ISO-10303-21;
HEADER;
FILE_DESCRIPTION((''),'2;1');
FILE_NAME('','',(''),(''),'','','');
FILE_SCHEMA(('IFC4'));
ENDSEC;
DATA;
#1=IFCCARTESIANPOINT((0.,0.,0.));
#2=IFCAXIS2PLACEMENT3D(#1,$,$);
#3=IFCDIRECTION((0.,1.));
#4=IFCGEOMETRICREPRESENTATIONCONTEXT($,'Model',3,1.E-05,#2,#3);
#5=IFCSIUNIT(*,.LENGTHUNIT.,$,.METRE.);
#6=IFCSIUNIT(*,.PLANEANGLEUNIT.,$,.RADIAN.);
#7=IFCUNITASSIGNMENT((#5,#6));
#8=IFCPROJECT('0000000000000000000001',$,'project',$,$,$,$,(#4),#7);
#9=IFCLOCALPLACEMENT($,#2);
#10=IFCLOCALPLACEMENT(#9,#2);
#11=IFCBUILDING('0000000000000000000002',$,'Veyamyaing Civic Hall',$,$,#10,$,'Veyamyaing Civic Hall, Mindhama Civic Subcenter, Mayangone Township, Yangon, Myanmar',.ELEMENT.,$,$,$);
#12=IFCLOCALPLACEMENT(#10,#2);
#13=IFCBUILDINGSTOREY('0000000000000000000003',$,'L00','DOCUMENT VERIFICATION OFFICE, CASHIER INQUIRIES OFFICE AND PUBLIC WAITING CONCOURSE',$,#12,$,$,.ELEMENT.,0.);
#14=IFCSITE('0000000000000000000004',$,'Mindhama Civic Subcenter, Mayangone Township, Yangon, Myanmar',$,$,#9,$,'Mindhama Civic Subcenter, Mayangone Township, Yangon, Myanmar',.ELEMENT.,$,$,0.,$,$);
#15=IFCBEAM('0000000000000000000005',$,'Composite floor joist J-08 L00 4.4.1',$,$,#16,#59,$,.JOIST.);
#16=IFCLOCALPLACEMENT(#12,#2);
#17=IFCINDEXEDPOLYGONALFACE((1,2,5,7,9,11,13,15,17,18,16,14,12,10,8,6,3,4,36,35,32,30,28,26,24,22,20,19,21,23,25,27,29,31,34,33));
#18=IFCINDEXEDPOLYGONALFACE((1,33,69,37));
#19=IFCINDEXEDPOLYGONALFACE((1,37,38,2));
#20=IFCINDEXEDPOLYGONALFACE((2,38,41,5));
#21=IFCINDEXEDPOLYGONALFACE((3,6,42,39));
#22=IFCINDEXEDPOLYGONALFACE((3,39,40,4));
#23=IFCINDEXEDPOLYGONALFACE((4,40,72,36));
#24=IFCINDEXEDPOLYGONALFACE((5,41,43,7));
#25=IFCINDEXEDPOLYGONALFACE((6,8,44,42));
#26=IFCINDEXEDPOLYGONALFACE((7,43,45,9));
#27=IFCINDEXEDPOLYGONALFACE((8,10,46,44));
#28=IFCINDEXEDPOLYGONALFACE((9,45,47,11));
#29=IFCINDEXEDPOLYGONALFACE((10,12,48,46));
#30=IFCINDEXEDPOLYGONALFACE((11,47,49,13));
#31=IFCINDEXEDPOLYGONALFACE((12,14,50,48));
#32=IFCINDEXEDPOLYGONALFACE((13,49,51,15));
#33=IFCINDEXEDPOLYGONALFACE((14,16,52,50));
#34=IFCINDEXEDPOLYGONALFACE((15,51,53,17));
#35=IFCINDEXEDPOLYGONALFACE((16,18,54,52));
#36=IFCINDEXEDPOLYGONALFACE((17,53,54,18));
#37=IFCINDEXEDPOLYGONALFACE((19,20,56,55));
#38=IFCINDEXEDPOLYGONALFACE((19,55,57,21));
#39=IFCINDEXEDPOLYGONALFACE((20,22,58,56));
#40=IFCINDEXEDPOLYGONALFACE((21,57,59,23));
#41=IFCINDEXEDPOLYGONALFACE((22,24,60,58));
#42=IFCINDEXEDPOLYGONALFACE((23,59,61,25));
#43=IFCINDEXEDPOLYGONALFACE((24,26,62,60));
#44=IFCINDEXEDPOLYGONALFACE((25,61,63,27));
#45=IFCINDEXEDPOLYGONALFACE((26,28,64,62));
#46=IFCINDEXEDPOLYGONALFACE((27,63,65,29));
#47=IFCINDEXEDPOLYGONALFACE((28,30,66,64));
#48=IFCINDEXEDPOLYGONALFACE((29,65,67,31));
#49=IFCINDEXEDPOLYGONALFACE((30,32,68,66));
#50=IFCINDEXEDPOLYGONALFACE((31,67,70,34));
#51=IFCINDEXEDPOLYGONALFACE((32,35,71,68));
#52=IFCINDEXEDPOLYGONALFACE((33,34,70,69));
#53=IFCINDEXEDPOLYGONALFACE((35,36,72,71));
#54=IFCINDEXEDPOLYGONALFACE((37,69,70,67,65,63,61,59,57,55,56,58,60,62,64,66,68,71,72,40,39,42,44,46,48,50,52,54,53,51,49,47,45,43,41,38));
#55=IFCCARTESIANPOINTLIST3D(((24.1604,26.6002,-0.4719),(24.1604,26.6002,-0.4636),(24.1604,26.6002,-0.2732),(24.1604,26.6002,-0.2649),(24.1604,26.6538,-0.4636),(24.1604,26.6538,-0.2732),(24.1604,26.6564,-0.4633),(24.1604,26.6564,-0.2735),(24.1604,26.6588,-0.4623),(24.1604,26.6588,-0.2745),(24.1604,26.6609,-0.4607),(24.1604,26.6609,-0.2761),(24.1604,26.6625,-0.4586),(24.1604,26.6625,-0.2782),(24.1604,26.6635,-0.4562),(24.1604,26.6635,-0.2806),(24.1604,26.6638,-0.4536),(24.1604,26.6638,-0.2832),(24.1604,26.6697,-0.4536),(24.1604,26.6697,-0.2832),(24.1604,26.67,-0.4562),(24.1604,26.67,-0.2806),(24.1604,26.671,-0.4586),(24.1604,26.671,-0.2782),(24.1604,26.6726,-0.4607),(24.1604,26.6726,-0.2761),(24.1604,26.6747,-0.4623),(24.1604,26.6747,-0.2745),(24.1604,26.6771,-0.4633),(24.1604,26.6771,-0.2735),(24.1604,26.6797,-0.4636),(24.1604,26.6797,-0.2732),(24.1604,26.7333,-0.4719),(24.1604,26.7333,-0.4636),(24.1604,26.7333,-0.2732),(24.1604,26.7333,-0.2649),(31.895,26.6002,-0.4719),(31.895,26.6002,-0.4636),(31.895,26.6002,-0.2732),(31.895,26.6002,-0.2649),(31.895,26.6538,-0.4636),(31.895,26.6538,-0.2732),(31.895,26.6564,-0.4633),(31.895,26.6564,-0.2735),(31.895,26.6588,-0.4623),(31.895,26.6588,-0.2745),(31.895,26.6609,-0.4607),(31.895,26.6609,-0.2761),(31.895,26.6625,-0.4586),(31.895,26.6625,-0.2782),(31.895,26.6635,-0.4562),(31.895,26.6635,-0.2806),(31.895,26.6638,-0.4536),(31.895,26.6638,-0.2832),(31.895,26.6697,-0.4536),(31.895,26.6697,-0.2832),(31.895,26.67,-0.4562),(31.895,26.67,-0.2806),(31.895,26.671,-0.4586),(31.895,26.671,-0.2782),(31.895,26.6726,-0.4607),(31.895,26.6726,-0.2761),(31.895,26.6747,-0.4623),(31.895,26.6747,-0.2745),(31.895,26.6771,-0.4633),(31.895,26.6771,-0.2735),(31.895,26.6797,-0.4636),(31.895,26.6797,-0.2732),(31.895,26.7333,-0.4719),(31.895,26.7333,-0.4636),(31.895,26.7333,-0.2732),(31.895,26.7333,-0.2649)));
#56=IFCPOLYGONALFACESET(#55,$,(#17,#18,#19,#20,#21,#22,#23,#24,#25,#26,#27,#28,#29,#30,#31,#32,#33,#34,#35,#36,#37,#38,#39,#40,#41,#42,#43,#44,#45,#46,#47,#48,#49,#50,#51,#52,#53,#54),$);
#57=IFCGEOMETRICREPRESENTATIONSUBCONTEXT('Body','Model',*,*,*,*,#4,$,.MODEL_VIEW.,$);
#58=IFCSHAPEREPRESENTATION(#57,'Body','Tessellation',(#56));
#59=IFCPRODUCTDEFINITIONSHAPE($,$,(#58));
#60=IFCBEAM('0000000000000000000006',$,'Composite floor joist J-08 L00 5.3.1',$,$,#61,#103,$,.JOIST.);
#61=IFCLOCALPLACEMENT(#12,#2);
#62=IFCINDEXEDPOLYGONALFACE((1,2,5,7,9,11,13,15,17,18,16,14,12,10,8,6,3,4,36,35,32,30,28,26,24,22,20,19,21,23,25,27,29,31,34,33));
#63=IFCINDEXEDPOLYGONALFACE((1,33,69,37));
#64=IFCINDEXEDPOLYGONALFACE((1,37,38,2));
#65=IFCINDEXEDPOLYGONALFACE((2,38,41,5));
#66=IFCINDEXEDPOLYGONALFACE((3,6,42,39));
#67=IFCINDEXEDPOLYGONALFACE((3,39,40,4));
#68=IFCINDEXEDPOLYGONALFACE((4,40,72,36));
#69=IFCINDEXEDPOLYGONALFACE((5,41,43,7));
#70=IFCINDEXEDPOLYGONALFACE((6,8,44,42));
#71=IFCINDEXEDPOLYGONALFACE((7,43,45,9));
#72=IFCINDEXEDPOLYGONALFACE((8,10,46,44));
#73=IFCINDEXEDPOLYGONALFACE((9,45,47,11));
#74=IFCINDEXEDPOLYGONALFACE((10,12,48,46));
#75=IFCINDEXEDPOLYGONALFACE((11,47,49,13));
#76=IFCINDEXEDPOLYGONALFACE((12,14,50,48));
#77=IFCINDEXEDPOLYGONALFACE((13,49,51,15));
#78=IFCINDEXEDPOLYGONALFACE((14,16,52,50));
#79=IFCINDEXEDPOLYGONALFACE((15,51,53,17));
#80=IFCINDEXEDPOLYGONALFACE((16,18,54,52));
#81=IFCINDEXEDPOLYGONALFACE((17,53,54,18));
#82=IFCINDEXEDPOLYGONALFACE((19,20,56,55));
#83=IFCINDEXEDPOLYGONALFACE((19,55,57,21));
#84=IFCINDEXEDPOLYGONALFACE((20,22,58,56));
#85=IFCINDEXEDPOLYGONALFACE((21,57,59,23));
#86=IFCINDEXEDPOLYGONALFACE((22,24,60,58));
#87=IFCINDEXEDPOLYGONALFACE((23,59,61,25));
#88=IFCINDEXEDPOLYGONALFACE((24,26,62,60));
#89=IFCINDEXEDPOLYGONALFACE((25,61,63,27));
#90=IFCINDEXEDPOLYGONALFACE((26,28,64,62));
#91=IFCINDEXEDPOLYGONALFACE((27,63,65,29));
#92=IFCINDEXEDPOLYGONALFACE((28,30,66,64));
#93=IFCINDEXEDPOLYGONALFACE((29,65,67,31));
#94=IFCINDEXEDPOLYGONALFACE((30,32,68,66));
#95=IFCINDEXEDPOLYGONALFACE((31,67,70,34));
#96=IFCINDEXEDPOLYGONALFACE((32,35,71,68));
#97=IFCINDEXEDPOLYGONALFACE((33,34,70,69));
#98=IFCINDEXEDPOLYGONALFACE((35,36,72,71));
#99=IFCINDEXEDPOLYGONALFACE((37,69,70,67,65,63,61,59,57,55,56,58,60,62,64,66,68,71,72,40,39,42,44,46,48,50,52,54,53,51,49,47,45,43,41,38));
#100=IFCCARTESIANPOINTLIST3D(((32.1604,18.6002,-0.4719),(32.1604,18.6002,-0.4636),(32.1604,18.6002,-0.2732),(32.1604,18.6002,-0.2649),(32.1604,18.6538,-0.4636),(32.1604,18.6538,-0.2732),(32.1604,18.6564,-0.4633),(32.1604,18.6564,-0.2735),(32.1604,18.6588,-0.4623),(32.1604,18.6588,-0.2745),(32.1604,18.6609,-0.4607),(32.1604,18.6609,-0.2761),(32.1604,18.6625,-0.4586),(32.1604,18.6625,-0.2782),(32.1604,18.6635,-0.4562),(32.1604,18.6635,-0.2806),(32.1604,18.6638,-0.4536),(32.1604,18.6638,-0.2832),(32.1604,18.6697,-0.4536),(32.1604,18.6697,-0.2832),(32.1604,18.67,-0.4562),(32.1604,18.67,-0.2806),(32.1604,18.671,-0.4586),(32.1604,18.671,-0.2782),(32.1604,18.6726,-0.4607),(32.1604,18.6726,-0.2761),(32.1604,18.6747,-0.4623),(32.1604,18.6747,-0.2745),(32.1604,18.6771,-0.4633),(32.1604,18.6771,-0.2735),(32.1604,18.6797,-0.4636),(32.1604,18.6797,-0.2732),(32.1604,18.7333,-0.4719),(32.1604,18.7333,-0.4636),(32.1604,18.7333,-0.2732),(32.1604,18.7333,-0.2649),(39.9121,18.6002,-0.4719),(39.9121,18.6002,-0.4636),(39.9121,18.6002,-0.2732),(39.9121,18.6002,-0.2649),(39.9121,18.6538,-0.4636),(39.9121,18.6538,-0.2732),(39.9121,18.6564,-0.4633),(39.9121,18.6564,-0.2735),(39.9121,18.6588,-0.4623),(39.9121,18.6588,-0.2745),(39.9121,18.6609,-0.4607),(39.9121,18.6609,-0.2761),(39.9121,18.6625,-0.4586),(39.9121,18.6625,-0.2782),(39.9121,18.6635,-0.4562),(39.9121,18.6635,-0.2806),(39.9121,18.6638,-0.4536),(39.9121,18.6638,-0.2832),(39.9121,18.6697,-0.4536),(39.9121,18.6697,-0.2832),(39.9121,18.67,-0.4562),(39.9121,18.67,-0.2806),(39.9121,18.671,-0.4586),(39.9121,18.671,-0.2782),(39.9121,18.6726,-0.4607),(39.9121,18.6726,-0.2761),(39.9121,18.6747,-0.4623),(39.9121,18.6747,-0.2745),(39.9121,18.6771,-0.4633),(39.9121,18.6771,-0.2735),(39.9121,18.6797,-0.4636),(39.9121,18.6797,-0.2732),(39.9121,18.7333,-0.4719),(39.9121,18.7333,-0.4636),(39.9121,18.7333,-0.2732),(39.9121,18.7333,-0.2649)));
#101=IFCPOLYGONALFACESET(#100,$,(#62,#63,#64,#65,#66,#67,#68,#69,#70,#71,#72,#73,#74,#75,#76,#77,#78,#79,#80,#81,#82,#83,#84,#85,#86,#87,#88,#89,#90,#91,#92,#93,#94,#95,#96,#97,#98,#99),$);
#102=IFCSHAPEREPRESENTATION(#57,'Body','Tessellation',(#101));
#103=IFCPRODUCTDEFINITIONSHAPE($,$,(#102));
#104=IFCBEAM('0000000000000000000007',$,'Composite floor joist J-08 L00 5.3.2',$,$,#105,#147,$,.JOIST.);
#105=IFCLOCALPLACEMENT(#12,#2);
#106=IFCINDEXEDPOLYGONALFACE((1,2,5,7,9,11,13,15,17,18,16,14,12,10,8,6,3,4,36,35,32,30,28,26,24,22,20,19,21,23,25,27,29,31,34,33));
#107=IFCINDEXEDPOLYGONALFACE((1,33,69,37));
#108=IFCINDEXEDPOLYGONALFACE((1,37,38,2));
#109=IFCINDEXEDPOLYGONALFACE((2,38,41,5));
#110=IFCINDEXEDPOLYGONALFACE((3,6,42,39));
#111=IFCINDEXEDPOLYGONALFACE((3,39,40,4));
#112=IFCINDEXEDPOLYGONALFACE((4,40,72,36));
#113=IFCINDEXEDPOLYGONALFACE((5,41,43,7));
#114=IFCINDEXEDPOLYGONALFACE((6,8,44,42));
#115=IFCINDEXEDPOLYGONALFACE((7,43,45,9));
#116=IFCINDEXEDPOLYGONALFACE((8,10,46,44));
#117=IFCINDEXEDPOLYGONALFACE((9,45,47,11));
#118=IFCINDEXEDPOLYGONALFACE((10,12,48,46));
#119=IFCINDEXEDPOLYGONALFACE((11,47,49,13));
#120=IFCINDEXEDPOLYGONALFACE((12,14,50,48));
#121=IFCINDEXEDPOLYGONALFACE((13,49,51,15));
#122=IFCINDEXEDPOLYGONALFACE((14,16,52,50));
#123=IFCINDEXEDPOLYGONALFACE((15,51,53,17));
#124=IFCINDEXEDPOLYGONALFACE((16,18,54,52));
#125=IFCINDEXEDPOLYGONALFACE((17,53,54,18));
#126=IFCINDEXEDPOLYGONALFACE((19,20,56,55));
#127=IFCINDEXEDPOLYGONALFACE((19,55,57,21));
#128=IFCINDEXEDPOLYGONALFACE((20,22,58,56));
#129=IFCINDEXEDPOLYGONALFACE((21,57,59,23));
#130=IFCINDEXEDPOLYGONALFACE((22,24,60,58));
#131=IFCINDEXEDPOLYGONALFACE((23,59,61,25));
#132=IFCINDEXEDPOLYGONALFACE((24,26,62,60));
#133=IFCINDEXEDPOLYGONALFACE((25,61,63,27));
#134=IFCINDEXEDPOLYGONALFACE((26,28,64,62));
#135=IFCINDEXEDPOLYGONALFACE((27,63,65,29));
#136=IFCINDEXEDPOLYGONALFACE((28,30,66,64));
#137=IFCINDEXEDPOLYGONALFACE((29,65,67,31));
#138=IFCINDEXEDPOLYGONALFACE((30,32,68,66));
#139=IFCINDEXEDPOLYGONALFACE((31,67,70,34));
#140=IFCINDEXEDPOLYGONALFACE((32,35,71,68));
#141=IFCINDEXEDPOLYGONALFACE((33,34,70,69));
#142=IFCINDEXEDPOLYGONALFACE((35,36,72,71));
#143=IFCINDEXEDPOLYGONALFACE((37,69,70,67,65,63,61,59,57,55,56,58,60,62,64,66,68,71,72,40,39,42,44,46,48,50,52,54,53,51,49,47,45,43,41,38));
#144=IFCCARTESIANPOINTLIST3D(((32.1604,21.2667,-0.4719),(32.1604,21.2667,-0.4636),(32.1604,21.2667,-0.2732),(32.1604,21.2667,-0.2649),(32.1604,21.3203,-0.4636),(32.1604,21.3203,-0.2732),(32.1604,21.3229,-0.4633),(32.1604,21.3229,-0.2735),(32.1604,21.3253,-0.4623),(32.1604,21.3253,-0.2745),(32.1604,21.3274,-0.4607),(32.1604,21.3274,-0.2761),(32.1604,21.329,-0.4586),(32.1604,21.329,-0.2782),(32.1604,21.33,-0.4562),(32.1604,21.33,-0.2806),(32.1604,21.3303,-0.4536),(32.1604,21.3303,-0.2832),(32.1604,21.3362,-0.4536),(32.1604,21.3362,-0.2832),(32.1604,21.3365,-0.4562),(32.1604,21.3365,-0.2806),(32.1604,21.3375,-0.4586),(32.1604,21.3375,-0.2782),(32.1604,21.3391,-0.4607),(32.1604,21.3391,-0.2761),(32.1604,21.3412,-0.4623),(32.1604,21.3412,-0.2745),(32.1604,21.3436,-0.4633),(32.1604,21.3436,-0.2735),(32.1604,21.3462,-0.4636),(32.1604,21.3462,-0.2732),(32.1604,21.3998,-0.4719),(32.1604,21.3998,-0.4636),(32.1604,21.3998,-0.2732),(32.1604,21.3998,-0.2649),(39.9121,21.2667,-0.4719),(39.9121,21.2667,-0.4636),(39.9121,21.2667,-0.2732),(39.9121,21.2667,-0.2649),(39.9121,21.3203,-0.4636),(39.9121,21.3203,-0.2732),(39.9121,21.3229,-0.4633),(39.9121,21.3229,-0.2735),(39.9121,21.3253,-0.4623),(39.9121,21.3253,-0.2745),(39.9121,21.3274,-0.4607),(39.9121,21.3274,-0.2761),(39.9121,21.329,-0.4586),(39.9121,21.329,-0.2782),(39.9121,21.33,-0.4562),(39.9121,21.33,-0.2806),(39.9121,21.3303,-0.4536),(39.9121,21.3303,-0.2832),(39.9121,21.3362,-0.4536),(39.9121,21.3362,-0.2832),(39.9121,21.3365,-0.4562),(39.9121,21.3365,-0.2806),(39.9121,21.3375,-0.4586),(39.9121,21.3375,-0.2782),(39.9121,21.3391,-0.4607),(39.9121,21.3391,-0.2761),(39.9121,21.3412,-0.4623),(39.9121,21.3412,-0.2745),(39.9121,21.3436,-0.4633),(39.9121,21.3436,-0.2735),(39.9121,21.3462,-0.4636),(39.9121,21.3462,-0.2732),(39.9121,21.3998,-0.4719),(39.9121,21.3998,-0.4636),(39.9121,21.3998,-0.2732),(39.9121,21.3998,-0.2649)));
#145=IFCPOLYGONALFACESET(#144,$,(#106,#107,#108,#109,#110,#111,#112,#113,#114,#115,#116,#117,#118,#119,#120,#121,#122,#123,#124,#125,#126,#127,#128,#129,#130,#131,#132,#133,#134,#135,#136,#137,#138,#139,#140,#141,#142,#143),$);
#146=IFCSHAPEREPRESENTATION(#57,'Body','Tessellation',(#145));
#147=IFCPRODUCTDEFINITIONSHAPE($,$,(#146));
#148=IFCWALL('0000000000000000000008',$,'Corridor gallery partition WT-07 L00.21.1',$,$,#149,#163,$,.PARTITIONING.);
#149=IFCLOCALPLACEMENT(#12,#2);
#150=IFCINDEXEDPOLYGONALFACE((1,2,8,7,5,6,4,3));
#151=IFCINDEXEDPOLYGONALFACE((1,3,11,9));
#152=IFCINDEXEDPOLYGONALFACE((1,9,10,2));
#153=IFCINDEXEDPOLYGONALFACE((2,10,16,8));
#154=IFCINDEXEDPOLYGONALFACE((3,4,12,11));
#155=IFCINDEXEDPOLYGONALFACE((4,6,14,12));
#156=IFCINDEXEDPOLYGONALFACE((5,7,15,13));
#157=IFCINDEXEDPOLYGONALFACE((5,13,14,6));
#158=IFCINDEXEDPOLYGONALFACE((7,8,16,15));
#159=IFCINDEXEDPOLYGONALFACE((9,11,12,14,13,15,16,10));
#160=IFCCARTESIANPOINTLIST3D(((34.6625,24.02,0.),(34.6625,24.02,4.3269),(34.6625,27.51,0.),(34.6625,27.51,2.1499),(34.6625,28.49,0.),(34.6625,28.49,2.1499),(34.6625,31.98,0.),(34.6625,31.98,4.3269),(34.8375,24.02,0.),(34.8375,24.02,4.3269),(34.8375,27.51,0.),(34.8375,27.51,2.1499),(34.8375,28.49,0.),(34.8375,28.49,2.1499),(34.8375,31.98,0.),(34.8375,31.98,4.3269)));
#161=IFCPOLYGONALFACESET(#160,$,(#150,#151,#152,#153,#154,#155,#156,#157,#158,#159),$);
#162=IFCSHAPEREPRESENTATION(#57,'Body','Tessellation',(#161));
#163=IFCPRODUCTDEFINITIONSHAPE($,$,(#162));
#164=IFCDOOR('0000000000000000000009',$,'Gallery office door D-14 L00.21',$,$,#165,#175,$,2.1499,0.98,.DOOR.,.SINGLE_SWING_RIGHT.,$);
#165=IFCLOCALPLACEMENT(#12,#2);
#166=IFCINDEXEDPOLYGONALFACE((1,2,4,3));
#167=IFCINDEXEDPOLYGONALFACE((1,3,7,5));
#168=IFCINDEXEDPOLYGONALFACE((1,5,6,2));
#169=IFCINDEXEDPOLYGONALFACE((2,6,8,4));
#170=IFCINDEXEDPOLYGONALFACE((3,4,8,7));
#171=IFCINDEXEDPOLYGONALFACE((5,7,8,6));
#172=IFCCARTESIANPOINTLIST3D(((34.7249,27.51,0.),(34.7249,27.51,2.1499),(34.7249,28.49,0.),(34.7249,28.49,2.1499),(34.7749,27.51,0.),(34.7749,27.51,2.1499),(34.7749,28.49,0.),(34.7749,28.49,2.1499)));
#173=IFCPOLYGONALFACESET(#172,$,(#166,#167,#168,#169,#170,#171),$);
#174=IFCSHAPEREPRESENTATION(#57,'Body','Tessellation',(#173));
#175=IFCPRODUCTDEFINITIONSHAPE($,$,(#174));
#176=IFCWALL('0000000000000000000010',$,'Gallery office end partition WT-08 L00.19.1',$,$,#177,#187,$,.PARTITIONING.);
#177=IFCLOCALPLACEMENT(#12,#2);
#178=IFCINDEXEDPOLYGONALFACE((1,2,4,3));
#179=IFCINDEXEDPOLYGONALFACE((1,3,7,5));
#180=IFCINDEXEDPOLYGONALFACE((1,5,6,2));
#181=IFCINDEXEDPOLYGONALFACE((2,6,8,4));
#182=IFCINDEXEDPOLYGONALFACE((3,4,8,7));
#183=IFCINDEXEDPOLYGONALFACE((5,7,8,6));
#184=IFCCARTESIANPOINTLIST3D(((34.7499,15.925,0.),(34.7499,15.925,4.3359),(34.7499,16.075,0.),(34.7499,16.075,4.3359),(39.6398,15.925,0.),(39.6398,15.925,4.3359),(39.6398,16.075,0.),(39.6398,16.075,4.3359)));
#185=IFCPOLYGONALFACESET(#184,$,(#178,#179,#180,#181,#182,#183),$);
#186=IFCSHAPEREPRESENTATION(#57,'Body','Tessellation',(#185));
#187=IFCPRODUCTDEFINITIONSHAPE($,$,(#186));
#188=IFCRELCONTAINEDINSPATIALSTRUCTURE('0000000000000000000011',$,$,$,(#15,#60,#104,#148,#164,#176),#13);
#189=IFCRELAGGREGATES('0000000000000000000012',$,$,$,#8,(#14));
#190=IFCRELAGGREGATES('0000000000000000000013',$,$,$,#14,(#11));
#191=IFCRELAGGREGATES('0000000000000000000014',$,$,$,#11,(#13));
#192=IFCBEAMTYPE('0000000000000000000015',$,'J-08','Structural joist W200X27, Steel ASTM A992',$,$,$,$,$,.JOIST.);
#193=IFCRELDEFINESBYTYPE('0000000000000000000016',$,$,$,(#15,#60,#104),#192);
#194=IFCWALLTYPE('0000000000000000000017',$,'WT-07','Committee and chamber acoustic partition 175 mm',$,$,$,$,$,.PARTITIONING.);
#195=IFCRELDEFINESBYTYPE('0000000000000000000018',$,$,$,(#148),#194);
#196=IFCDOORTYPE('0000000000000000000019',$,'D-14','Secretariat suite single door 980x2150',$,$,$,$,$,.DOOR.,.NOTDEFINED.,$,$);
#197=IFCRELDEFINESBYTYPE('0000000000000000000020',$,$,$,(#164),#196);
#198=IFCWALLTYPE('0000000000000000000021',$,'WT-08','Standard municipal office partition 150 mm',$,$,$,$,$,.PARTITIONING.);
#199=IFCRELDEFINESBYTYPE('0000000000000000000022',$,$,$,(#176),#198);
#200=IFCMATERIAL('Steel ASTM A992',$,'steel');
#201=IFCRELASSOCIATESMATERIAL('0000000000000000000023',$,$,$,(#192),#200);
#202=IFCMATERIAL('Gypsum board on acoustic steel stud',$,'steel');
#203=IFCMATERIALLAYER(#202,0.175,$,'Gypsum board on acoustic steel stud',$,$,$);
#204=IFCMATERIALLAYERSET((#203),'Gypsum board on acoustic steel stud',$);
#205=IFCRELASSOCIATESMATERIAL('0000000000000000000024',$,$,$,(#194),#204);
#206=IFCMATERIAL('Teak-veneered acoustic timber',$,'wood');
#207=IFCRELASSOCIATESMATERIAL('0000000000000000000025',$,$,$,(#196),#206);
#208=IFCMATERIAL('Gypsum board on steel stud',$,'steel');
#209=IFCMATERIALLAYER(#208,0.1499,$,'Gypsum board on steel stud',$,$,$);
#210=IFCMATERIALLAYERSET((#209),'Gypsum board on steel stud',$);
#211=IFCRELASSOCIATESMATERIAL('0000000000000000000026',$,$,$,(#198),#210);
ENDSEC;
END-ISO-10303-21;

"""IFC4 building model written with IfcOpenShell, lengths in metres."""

from ifc_helpers import new_model, si_unit, direction, frame, frame_2d, origin, origin_2d, place, context, subcontext, project, spatial, rectangle, i_section, extrude, material, layer, layer_set, material_profile, profile_set, type_object, element, fill, save


model = new_model("IFC4")

# Units and contexts
model_context = context("Model", 3, precision=1e-05, world=origin(), true_north=direction((0.0, 1.0)))
body_context = subcontext(model_context, "Body", "Model", "MODEL_VIEW")
ifc_project = project(units=[si_unit("LENGTHUNIT", "METRE"), si_unit("PLANEANGLEUNIT", "RADIAN")], contexts=[model_context])

# Site, building, storey
site_placement = place(None, origin())
site = spatial("IfcSite", under=ifc_project, at=site_placement, Name="Mindhama Civic Subcenter, Mayangone Township, Yangon, Myanmar", LongName="Mindhama Civic Subcenter, Mayangone Township, Yangon, Myanmar", CompositionType="ELEMENT", RefElevation=0.0)
building_placement = place(site_placement, origin())
building = spatial("IfcBuilding", under=site, at=building_placement, Name="Veyamyaing Civic Hall", LongName="Veyamyaing Civic Hall, Mindhama Civic Subcenter, Mayangone Township, Yangon, Myanmar", CompositionType="ELEMENT")
storey_placement = place(building_placement, origin())
storey = spatial("IfcBuildingStorey", under=building, at=storey_placement, Name="L00", Description="DOCUMENT VERIFICATION OFFICE, CASHIER INQUIRIES OFFICE AND PUBLIC WAITING CONCOURSE", CompositionType="ELEMENT", Elevation=0.0)

# Beams
ifc_material_1 = material(Name="Steel ASTM A992", Category="steel")
ifc_material_profile_1 = material_profile(ifc_material_1, i_section(OverallWidth=0.1331, OverallDepth=0.207, WebThickness=0.0059, FlangeThickness=0.0083, FilletRadius=0.01, at=origin_2d()), Name="W200X27")
ifc_profile_set_1 = profile_set([ifc_material_profile_1], Name="Steel ASTM A992")
beam_type_1 = type_object("IfcBeamType", Name="J-08", Description="Structural joist W200X27, Steel ASTM A992", PredefinedType="JOIST", material=ifc_profile_set_1)
beam_1_placement = place(storey_placement, frame((24.1604, 26.6667, -0.3684), z_axis=(1.0, 0.0, 0.0), x_axis=(0.0, 1.0, 0.0)))
element("IfcBeam", 1, at=beam_1_placement, inside=storey, type_object=beam_type_1, Name="Composite floor joist J-08 L00 4.4.1", PredefinedType="JOIST", context=body_context, shape_type="SweptSolid", body=[
    extrude(i_section(OverallWidth=0.1331, OverallDepth=0.207, WebThickness=0.0059, FlangeThickness=0.0083, FilletRadius=0.01, at=origin_2d()), origin(), (0.0, 0.0, 1.0), 7.7346),
])
for number, where, z_axis, x_axis, name in (
    (2, (32.1604, 18.6667, -0.3684), (1.0, 0.0, 0.0), (0.0, 1.0, 0.0), "Composite floor joist J-08 L00 5.3.1"),
    (3, (32.1604, 21.3333, -0.3684), (1.0, 0.0, 0.0), (0.0, 1.0, 0.0), "Composite floor joist J-08 L00 5.3.2"),
):
    element("IfcBeam", number, at=place(storey_placement, frame(where, z_axis=z_axis, x_axis=x_axis)), inside=storey, type_object=beam_type_1, Name=name, PredefinedType="JOIST", context=body_context, shape_type="SweptSolid", body=[
        extrude(i_section(OverallWidth=0.1331, OverallDepth=0.207, WebThickness=0.0059, FlangeThickness=0.0083, FilletRadius=0.01, at=origin_2d()), origin(), (0.0, 0.0, 1.0), 7.7517),
    ])

# Wall, opening, door
ifc_material_2 = material(Name="Gypsum board on acoustic steel stud", Category="steel")
ifc_layer_1 = layer(ifc_material_2, 0.175, Name="Gypsum board on acoustic steel stud")
ifc_layer_set_1 = layer_set([ifc_layer_1], Name="Gypsum board on acoustic steel stud")
wall_type_1 = type_object("IfcWallType", Name="WT-07", Description="Committee and chamber acoustic partition 175 mm", PredefinedType="PARTITIONING", material=ifc_layer_set_1)
wall_1_placement = place(storey_placement, frame((34.75, 24.02, 0.0), z_axis=(0.0, 0.0, 1.0), x_axis=(0.0, 1.0, 0.0)))
wall_1 = element("IfcWall", 4, at=wall_1_placement, inside=storey, type_object=wall_type_1, Name="Corridor gallery partition WT-07 L00.21.1", PredefinedType="PARTITIONING", context=body_context, shape_type="SweptSolid", body=[
    extrude(rectangle(XDim=7.96, YDim=0.175, at=frame_2d((3.98, 0.0))), origin(), (0.0, 0.0, 1.0), 4.3269),
])
opening_1_placement = place(wall_1_placement, frame((3.49, 0.0, 0.0)))
opening_1 = element("IfcOpeningElement", 5, at=opening_1_placement, cuts=wall_1, PredefinedType="OPENING", context=body_context, shape_type="SweptSolid", body=[
    extrude(rectangle(XDim=0.98, YDim=2.1499, at=frame_2d((0.49, 1.075))), frame((0.0, 0.0974, 0.0), z_axis=(0.0, -1.0, 0.0), x_axis=(1.0, 0.0, 0.0)), (0.0, 0.0, 1.0), 0.1951),
])
ifc_material_3 = material(Name="Teak-veneered acoustic timber", Category="wood")
door_type_1 = type_object("IfcDoorType", Name="D-14", Description="Secretariat suite single door 980x2150", OperationType="NOTDEFINED", PredefinedType="DOOR", material=ifc_material_3)
door_1_placement = place(opening_1_placement, frame((0.98, 0.0, 0.0), z_axis=(0.0, 0.0, 1.0), x_axis=(-1.0, 0.0, 0.0)))
door_1 = element("IfcDoor", 6, at=door_1_placement, inside=storey, type_object=door_type_1, Name="Gallery office door D-14 L00.21", OperationType="SINGLE_SWING_RIGHT", OverallHeight=2.1499, OverallWidth=0.98, PredefinedType="DOOR", context=body_context, shape_type="SweptSolid", body=[
    extrude(rectangle(XDim=0.98, YDim=2.1499, at=frame_2d((0.49, 1.075))), frame((0.0, 0.0249, 0.0), z_axis=(0.0, -1.0, 0.0), x_axis=(1.0, 0.0, 0.0)), (0.0, 0.0, 1.0), 0.05),
])
fill(opening_1, door_1)

# Wall
ifc_material_4 = material(Name="Gypsum board on steel stud", Category="steel")
ifc_layer_2 = layer(ifc_material_4, 0.1499, Name="Gypsum board on steel stud")
ifc_layer_set_2 = layer_set([ifc_layer_2], Name="Gypsum board on steel stud")
wall_type_2 = type_object("IfcWallType", Name="WT-08", Description="Standard municipal office partition 150 mm", PredefinedType="PARTITIONING", material=ifc_layer_set_2)
wall_2_placement = place(storey_placement, frame((34.75, 16.0, 0.0), z_axis=(0.0, 0.0, 1.0), x_axis=(1.0, 0.0, 0.0)))
element("IfcWall", 7, at=wall_2_placement, inside=storey, type_object=wall_type_2, Name="Gallery office end partition WT-08 L00.19.1", PredefinedType="PARTITIONING", context=body_context, shape_type="SweptSolid", body=[
    extrude(rectangle(XDim=4.8899, YDim=0.1499, at=frame_2d((2.4448, 0.0))), origin(), (0.0, 0.0, 1.0), 4.3359),
])

save(model, "model.ifc")
